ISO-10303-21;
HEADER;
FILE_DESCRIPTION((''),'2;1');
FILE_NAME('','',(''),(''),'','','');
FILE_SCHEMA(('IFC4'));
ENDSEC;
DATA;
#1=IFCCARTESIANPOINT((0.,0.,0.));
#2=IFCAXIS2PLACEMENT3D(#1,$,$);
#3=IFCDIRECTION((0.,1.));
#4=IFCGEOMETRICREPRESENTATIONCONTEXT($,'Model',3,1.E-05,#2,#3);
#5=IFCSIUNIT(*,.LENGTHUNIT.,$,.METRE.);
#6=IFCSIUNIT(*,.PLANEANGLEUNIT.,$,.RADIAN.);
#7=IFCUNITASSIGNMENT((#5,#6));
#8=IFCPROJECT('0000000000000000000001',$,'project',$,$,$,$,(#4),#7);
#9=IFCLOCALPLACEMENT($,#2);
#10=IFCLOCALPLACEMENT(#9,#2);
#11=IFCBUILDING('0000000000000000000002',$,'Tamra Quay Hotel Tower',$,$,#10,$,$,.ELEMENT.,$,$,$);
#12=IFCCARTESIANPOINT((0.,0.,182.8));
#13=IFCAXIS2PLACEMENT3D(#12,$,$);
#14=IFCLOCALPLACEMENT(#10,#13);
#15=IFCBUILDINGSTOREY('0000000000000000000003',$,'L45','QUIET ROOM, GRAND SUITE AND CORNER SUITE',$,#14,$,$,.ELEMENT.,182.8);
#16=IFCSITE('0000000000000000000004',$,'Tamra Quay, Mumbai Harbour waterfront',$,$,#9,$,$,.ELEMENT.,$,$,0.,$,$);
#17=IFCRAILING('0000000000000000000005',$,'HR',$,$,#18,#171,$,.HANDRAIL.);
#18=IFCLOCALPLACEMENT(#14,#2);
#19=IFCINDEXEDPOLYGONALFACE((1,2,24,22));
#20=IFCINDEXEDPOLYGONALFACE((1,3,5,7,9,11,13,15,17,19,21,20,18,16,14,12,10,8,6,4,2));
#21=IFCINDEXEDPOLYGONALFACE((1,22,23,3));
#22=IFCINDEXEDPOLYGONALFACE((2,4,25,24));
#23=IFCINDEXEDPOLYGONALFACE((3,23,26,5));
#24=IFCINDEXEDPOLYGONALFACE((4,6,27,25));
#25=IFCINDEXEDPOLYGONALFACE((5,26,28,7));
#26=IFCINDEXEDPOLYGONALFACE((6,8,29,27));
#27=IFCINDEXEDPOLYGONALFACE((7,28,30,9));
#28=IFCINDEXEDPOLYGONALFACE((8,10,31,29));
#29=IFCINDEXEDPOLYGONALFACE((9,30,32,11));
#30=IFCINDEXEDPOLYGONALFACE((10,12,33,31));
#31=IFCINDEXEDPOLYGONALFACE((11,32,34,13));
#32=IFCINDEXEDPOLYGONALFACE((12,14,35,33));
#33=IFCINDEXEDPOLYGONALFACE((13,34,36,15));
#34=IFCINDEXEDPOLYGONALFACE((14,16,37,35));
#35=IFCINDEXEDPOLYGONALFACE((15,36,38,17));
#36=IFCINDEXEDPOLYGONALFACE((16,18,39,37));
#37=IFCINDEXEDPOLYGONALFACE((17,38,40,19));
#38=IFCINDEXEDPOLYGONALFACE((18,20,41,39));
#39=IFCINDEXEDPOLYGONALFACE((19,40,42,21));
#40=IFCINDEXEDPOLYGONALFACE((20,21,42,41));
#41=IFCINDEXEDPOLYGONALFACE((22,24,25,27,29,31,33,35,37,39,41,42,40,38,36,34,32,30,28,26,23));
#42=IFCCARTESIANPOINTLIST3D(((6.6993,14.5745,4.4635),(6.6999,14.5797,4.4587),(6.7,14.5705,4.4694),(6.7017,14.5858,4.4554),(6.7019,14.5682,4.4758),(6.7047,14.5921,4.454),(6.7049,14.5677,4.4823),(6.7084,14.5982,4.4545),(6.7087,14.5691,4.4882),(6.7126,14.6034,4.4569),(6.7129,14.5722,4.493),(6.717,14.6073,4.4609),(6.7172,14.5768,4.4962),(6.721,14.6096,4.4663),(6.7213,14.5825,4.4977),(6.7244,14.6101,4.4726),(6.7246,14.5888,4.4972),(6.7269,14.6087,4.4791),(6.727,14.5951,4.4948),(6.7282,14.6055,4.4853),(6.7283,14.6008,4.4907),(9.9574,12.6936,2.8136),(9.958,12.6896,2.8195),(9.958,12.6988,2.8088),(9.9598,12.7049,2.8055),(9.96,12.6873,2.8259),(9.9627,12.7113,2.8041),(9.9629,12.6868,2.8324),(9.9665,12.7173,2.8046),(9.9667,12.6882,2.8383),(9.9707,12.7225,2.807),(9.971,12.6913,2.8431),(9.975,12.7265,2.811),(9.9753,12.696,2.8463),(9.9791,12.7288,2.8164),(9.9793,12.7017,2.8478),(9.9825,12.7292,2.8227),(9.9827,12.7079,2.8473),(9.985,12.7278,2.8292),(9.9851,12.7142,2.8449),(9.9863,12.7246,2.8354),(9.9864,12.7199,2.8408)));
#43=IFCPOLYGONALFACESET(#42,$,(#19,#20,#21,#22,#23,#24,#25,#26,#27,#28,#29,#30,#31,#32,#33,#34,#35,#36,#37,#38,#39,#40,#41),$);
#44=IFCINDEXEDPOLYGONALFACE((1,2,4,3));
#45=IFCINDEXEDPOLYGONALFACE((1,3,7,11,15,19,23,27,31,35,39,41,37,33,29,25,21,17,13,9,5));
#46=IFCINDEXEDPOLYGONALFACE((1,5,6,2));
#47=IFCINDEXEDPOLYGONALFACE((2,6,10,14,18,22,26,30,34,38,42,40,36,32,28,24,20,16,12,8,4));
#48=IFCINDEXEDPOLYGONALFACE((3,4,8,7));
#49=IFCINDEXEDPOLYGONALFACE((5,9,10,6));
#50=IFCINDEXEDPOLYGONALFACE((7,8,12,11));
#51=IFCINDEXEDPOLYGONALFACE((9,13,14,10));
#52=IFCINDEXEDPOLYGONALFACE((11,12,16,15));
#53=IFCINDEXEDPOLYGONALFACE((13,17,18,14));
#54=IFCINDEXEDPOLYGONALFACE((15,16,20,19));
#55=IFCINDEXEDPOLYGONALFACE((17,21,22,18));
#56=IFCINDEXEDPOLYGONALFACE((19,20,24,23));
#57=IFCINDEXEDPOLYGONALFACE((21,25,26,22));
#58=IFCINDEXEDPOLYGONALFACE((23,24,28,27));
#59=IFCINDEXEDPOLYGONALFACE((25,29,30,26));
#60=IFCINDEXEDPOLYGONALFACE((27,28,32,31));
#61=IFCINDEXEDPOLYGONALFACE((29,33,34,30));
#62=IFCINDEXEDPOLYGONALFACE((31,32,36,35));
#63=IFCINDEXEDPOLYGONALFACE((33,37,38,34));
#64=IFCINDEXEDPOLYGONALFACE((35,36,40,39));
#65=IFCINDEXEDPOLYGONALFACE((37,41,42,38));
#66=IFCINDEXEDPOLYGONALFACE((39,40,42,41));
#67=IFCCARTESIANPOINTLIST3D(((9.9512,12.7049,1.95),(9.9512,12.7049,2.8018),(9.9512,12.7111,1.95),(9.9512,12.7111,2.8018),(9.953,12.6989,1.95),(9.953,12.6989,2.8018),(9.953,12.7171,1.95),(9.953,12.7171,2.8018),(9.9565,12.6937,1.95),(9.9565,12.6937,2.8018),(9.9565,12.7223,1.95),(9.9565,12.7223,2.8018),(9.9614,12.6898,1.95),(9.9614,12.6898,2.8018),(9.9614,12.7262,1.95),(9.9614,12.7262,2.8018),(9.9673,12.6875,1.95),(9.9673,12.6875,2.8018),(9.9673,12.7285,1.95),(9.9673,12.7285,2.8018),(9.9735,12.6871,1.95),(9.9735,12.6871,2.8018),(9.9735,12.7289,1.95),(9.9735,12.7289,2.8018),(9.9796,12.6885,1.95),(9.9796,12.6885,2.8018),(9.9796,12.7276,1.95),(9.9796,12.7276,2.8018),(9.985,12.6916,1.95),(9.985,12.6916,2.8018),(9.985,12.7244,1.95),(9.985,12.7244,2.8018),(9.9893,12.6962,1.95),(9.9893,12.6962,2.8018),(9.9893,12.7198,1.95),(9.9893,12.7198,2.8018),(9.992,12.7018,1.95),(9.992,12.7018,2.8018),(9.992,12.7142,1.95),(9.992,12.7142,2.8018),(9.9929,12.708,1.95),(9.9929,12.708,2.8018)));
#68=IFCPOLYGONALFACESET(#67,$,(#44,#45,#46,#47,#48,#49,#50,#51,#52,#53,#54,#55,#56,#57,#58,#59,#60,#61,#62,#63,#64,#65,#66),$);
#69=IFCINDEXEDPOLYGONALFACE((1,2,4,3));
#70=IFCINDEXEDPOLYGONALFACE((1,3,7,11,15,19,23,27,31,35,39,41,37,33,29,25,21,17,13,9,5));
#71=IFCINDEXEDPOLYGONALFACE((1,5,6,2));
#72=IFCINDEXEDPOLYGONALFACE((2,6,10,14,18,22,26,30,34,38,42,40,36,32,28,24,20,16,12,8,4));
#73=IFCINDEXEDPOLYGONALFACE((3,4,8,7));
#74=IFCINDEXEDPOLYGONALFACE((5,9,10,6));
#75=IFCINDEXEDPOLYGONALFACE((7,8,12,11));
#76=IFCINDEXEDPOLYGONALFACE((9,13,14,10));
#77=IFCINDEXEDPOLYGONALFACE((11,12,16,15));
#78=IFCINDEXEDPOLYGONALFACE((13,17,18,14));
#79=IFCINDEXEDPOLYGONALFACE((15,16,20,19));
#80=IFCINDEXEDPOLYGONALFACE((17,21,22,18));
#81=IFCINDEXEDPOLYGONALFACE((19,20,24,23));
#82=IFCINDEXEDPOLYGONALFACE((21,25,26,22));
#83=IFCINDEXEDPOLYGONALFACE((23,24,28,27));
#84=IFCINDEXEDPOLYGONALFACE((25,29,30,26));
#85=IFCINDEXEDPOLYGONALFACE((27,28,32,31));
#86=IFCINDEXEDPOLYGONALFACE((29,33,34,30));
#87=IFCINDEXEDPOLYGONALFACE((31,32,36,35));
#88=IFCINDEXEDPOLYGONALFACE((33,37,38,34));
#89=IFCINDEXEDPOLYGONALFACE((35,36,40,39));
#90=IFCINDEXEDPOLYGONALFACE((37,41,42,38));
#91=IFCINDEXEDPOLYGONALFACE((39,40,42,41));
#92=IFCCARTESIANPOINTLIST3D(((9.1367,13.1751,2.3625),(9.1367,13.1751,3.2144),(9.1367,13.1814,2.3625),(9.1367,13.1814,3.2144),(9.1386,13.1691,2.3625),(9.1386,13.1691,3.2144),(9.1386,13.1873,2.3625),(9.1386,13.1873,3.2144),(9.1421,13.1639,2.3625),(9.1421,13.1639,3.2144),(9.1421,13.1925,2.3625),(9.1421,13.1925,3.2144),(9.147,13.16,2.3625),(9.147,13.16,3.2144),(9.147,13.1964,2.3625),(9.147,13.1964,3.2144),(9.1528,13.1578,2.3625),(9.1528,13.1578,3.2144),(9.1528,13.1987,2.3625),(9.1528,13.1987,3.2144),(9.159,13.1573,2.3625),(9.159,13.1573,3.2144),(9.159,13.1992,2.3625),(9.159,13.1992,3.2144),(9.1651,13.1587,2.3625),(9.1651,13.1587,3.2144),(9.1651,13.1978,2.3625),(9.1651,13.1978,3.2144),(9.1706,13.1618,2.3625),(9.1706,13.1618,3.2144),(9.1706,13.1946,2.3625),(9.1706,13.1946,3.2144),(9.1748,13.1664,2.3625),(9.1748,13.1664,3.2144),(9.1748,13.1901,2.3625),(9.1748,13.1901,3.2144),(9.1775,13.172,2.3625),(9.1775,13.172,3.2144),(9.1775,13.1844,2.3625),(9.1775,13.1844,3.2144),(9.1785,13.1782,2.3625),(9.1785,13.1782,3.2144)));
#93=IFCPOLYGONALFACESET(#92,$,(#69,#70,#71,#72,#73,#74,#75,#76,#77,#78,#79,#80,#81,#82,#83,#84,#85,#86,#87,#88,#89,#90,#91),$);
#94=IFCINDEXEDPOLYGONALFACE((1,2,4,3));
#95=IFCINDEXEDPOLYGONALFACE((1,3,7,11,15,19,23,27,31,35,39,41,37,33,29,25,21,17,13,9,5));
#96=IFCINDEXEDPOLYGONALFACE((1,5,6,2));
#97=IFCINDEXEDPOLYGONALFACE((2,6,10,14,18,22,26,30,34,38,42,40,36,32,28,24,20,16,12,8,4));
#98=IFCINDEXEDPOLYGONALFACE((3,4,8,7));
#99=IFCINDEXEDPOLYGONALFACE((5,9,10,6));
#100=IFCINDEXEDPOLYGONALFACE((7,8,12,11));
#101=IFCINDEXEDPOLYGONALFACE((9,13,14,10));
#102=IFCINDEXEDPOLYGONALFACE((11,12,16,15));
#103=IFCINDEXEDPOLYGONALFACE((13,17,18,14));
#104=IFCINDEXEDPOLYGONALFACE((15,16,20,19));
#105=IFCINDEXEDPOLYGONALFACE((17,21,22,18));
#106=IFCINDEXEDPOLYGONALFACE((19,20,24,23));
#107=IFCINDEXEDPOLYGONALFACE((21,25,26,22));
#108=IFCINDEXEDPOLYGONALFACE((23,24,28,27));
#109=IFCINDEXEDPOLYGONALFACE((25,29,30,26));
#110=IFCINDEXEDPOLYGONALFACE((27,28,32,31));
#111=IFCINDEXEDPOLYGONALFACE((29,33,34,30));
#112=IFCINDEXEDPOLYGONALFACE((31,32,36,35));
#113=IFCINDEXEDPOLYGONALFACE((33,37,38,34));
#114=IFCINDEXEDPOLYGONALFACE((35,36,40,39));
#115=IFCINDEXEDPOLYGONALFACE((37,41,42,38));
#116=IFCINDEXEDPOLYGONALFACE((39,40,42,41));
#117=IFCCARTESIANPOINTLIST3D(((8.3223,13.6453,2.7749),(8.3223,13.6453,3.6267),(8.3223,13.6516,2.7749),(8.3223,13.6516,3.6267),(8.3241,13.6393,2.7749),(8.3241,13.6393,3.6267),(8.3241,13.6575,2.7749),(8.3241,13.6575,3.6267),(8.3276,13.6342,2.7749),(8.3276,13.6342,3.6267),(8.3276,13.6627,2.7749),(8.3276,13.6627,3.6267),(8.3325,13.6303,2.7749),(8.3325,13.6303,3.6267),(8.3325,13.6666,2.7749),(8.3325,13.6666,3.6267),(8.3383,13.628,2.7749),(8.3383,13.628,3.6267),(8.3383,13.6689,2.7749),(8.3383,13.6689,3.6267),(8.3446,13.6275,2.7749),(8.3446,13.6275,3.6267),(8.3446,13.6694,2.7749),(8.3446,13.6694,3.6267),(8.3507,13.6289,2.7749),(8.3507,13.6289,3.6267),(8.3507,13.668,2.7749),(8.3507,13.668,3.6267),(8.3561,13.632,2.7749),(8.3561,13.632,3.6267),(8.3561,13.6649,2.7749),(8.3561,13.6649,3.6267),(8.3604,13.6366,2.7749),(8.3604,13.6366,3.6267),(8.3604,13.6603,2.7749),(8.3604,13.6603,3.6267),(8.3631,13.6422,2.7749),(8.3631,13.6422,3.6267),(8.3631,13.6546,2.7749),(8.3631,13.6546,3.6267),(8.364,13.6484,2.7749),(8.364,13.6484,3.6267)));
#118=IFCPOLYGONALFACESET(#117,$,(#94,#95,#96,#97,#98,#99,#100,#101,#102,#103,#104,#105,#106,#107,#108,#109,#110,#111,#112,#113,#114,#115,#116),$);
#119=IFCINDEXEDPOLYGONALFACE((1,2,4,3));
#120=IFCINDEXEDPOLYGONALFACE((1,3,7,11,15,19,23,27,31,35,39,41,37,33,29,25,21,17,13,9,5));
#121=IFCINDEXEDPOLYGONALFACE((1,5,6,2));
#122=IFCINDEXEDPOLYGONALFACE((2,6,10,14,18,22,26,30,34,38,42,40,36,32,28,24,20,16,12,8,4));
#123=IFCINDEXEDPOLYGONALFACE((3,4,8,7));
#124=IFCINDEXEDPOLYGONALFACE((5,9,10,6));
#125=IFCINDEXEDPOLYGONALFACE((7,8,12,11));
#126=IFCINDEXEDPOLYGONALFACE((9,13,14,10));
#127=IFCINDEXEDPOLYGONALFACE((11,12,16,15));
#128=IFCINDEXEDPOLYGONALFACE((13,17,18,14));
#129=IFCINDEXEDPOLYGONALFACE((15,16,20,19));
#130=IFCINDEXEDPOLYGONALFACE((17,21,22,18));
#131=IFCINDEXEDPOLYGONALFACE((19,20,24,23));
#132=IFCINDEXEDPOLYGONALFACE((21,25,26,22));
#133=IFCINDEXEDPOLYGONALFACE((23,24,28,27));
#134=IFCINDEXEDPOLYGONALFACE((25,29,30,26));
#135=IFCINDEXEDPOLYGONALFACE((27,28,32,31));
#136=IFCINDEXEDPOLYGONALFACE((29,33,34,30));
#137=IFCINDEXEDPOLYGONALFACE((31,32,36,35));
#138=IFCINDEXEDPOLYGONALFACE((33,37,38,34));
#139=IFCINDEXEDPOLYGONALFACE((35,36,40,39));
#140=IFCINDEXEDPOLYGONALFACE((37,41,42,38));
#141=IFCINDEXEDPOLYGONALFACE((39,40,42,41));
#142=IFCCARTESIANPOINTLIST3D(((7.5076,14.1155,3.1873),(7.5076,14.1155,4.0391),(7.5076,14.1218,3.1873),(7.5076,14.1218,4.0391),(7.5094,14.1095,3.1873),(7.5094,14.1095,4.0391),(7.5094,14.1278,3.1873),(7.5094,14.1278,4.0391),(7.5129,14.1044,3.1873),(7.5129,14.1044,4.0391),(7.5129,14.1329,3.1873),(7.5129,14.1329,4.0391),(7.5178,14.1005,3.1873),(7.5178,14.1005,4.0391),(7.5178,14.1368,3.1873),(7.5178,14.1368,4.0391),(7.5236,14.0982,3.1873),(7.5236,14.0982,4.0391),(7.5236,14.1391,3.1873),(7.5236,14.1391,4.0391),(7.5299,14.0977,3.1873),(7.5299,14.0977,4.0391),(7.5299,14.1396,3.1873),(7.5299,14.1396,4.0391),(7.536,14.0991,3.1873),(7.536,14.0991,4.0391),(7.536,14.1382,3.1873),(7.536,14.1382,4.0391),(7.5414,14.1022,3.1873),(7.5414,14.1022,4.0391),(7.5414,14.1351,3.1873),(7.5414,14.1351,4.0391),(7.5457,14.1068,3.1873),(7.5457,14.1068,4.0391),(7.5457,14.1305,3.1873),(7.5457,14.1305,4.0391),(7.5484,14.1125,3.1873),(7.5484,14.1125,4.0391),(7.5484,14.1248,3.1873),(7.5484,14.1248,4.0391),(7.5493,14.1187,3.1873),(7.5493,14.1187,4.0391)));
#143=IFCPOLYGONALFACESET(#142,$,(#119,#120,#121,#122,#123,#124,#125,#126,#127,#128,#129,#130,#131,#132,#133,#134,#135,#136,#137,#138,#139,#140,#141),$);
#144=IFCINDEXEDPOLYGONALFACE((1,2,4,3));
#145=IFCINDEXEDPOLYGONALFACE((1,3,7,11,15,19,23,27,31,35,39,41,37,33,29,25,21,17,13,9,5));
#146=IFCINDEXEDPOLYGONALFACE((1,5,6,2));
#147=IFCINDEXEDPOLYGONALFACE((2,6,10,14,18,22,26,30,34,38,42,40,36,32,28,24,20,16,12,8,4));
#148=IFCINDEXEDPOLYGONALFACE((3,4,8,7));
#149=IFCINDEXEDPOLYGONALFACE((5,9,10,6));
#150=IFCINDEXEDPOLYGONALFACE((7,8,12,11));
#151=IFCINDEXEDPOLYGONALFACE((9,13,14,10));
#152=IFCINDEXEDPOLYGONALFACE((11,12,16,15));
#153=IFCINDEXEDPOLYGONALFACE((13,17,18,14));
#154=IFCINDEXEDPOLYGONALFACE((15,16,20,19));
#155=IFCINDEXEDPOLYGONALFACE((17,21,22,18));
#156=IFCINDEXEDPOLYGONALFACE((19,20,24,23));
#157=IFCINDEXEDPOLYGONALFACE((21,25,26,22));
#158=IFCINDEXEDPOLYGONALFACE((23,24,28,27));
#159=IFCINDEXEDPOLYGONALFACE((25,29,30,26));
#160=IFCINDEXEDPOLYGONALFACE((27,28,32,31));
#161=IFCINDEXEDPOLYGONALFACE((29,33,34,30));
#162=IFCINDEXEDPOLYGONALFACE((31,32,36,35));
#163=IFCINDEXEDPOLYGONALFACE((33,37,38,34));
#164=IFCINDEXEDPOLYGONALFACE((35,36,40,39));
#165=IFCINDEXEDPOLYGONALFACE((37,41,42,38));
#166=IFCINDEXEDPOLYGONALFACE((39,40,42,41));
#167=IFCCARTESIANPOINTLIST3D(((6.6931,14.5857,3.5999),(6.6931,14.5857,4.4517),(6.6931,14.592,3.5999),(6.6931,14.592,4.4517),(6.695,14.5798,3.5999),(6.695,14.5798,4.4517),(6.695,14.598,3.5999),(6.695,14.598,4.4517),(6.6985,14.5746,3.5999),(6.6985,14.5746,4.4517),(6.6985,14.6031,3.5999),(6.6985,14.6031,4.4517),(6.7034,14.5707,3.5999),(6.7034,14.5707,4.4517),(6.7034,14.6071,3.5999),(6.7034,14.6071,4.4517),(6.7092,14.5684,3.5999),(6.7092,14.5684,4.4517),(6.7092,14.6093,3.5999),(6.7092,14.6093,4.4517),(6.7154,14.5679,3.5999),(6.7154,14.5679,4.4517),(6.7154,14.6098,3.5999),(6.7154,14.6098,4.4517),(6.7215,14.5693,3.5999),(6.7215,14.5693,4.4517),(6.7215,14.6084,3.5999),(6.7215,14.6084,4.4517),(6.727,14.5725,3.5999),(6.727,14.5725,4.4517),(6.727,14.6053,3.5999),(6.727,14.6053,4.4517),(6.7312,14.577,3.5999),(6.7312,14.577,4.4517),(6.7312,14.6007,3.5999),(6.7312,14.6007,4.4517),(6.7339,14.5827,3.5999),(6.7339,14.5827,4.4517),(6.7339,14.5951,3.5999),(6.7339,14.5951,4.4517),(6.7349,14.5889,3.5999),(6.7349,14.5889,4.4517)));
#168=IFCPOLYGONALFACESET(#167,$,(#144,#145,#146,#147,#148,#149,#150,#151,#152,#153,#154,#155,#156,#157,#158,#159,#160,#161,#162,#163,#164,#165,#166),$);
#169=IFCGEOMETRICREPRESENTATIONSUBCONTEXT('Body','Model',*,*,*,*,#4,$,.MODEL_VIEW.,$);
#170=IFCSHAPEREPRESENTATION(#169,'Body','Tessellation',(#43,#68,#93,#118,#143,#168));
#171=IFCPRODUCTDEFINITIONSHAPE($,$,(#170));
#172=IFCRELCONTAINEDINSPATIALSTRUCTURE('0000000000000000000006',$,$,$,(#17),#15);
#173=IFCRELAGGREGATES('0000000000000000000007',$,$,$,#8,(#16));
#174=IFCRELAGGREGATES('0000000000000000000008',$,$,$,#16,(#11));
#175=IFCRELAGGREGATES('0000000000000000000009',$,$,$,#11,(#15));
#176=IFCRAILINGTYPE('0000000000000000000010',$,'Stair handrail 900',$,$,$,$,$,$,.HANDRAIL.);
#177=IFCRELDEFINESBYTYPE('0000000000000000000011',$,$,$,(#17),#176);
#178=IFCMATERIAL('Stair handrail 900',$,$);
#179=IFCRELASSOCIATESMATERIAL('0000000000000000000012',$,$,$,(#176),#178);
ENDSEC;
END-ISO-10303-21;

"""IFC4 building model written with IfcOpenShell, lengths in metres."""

from ifc_helpers import new_model, si_unit, direction, frame, origin, origin_2d, place, context, subcontext, project, spatial, circle, extrude, material, type_object, element, save


model = new_model("IFC4")

# Units and contexts
model_context = context("Model", 3, precision=1e-05, world=origin(), true_north=direction((0.0, 1.0)))
body_context = subcontext(model_context, "Body", "Model", "MODEL_VIEW")
ifc_project = project(units=[si_unit("LENGTHUNIT", "METRE"), si_unit("PLANEANGLEUNIT", "RADIAN")], contexts=[model_context])

# Site, building, storey
site_placement = place(None, origin())
site = spatial("IfcSite", under=ifc_project, at=site_placement, Name="Tamra Quay, Mumbai Harbour waterfront", CompositionType="ELEMENT", RefElevation=0.0)
building_placement = place(site_placement, origin())
building = spatial("IfcBuilding", under=site, at=building_placement, Name="Tamra Quay Hotel Tower", CompositionType="ELEMENT")
storey_placement = place(building_placement, frame((0.0, 0.0, 182.8)))
storey = spatial("IfcBuildingStorey", under=building, at=storey_placement, Name="L45", Description="QUIET ROOM, GRAND SUITE AND CORNER SUITE", CompositionType="ELEMENT", Elevation=182.8)

# Railing
ifc_material_1 = material(Name="Stair handrail 900")
railing_type_1 = type_object("IfcRailingType", Name="Stair handrail 900", PredefinedType="HANDRAIL", material=ifc_material_1)
railing_1_placement = place(storey_placement, frame((9.9719, 12.708, 1.95)))
element("IfcRailing", 1, at=railing_1_placement, inside=storey, type_object=railing_type_1, Name="HR", PredefinedType="HANDRAIL", context=body_context, shape_type="SweptSolid", body=[
    extrude(circle(Radius=0.0239, at=origin_2d()), frame((0.0, 0.0, 0.876), z_axis=(-0.793122, 0.457865, 0.401642), x_axis=(-0.499964, -0.866046, 0.0)), (0.0, 0.0, 1.0), 4.1079),
    extrude(circle(Radius=0.021, at=origin_2d()), origin(), (0.0, 0.0, 1.0), 0.8518),
    extrude(circle(Radius=0.021, at=origin_2d()), frame((-0.8145, 0.4702, 0.4126)), (0.0, 0.0, 1.0), 0.8518),
    extrude(circle(Radius=0.021, at=origin_2d()), frame((-1.6289, 0.9404, 0.825)), (0.0, 0.0, 1.0), 0.8518),
    extrude(circle(Radius=0.021, at=origin_2d()), frame((-2.4436, 1.4106, 1.2373)), (0.0, 0.0, 1.0), 0.8518),
    extrude(circle(Radius=0.021, at=origin_2d()), frame((-3.2581, 1.8809, 1.6499)), (0.0, 0.0, 1.0), 0.8518),
])

save(model, "model.ifc")
